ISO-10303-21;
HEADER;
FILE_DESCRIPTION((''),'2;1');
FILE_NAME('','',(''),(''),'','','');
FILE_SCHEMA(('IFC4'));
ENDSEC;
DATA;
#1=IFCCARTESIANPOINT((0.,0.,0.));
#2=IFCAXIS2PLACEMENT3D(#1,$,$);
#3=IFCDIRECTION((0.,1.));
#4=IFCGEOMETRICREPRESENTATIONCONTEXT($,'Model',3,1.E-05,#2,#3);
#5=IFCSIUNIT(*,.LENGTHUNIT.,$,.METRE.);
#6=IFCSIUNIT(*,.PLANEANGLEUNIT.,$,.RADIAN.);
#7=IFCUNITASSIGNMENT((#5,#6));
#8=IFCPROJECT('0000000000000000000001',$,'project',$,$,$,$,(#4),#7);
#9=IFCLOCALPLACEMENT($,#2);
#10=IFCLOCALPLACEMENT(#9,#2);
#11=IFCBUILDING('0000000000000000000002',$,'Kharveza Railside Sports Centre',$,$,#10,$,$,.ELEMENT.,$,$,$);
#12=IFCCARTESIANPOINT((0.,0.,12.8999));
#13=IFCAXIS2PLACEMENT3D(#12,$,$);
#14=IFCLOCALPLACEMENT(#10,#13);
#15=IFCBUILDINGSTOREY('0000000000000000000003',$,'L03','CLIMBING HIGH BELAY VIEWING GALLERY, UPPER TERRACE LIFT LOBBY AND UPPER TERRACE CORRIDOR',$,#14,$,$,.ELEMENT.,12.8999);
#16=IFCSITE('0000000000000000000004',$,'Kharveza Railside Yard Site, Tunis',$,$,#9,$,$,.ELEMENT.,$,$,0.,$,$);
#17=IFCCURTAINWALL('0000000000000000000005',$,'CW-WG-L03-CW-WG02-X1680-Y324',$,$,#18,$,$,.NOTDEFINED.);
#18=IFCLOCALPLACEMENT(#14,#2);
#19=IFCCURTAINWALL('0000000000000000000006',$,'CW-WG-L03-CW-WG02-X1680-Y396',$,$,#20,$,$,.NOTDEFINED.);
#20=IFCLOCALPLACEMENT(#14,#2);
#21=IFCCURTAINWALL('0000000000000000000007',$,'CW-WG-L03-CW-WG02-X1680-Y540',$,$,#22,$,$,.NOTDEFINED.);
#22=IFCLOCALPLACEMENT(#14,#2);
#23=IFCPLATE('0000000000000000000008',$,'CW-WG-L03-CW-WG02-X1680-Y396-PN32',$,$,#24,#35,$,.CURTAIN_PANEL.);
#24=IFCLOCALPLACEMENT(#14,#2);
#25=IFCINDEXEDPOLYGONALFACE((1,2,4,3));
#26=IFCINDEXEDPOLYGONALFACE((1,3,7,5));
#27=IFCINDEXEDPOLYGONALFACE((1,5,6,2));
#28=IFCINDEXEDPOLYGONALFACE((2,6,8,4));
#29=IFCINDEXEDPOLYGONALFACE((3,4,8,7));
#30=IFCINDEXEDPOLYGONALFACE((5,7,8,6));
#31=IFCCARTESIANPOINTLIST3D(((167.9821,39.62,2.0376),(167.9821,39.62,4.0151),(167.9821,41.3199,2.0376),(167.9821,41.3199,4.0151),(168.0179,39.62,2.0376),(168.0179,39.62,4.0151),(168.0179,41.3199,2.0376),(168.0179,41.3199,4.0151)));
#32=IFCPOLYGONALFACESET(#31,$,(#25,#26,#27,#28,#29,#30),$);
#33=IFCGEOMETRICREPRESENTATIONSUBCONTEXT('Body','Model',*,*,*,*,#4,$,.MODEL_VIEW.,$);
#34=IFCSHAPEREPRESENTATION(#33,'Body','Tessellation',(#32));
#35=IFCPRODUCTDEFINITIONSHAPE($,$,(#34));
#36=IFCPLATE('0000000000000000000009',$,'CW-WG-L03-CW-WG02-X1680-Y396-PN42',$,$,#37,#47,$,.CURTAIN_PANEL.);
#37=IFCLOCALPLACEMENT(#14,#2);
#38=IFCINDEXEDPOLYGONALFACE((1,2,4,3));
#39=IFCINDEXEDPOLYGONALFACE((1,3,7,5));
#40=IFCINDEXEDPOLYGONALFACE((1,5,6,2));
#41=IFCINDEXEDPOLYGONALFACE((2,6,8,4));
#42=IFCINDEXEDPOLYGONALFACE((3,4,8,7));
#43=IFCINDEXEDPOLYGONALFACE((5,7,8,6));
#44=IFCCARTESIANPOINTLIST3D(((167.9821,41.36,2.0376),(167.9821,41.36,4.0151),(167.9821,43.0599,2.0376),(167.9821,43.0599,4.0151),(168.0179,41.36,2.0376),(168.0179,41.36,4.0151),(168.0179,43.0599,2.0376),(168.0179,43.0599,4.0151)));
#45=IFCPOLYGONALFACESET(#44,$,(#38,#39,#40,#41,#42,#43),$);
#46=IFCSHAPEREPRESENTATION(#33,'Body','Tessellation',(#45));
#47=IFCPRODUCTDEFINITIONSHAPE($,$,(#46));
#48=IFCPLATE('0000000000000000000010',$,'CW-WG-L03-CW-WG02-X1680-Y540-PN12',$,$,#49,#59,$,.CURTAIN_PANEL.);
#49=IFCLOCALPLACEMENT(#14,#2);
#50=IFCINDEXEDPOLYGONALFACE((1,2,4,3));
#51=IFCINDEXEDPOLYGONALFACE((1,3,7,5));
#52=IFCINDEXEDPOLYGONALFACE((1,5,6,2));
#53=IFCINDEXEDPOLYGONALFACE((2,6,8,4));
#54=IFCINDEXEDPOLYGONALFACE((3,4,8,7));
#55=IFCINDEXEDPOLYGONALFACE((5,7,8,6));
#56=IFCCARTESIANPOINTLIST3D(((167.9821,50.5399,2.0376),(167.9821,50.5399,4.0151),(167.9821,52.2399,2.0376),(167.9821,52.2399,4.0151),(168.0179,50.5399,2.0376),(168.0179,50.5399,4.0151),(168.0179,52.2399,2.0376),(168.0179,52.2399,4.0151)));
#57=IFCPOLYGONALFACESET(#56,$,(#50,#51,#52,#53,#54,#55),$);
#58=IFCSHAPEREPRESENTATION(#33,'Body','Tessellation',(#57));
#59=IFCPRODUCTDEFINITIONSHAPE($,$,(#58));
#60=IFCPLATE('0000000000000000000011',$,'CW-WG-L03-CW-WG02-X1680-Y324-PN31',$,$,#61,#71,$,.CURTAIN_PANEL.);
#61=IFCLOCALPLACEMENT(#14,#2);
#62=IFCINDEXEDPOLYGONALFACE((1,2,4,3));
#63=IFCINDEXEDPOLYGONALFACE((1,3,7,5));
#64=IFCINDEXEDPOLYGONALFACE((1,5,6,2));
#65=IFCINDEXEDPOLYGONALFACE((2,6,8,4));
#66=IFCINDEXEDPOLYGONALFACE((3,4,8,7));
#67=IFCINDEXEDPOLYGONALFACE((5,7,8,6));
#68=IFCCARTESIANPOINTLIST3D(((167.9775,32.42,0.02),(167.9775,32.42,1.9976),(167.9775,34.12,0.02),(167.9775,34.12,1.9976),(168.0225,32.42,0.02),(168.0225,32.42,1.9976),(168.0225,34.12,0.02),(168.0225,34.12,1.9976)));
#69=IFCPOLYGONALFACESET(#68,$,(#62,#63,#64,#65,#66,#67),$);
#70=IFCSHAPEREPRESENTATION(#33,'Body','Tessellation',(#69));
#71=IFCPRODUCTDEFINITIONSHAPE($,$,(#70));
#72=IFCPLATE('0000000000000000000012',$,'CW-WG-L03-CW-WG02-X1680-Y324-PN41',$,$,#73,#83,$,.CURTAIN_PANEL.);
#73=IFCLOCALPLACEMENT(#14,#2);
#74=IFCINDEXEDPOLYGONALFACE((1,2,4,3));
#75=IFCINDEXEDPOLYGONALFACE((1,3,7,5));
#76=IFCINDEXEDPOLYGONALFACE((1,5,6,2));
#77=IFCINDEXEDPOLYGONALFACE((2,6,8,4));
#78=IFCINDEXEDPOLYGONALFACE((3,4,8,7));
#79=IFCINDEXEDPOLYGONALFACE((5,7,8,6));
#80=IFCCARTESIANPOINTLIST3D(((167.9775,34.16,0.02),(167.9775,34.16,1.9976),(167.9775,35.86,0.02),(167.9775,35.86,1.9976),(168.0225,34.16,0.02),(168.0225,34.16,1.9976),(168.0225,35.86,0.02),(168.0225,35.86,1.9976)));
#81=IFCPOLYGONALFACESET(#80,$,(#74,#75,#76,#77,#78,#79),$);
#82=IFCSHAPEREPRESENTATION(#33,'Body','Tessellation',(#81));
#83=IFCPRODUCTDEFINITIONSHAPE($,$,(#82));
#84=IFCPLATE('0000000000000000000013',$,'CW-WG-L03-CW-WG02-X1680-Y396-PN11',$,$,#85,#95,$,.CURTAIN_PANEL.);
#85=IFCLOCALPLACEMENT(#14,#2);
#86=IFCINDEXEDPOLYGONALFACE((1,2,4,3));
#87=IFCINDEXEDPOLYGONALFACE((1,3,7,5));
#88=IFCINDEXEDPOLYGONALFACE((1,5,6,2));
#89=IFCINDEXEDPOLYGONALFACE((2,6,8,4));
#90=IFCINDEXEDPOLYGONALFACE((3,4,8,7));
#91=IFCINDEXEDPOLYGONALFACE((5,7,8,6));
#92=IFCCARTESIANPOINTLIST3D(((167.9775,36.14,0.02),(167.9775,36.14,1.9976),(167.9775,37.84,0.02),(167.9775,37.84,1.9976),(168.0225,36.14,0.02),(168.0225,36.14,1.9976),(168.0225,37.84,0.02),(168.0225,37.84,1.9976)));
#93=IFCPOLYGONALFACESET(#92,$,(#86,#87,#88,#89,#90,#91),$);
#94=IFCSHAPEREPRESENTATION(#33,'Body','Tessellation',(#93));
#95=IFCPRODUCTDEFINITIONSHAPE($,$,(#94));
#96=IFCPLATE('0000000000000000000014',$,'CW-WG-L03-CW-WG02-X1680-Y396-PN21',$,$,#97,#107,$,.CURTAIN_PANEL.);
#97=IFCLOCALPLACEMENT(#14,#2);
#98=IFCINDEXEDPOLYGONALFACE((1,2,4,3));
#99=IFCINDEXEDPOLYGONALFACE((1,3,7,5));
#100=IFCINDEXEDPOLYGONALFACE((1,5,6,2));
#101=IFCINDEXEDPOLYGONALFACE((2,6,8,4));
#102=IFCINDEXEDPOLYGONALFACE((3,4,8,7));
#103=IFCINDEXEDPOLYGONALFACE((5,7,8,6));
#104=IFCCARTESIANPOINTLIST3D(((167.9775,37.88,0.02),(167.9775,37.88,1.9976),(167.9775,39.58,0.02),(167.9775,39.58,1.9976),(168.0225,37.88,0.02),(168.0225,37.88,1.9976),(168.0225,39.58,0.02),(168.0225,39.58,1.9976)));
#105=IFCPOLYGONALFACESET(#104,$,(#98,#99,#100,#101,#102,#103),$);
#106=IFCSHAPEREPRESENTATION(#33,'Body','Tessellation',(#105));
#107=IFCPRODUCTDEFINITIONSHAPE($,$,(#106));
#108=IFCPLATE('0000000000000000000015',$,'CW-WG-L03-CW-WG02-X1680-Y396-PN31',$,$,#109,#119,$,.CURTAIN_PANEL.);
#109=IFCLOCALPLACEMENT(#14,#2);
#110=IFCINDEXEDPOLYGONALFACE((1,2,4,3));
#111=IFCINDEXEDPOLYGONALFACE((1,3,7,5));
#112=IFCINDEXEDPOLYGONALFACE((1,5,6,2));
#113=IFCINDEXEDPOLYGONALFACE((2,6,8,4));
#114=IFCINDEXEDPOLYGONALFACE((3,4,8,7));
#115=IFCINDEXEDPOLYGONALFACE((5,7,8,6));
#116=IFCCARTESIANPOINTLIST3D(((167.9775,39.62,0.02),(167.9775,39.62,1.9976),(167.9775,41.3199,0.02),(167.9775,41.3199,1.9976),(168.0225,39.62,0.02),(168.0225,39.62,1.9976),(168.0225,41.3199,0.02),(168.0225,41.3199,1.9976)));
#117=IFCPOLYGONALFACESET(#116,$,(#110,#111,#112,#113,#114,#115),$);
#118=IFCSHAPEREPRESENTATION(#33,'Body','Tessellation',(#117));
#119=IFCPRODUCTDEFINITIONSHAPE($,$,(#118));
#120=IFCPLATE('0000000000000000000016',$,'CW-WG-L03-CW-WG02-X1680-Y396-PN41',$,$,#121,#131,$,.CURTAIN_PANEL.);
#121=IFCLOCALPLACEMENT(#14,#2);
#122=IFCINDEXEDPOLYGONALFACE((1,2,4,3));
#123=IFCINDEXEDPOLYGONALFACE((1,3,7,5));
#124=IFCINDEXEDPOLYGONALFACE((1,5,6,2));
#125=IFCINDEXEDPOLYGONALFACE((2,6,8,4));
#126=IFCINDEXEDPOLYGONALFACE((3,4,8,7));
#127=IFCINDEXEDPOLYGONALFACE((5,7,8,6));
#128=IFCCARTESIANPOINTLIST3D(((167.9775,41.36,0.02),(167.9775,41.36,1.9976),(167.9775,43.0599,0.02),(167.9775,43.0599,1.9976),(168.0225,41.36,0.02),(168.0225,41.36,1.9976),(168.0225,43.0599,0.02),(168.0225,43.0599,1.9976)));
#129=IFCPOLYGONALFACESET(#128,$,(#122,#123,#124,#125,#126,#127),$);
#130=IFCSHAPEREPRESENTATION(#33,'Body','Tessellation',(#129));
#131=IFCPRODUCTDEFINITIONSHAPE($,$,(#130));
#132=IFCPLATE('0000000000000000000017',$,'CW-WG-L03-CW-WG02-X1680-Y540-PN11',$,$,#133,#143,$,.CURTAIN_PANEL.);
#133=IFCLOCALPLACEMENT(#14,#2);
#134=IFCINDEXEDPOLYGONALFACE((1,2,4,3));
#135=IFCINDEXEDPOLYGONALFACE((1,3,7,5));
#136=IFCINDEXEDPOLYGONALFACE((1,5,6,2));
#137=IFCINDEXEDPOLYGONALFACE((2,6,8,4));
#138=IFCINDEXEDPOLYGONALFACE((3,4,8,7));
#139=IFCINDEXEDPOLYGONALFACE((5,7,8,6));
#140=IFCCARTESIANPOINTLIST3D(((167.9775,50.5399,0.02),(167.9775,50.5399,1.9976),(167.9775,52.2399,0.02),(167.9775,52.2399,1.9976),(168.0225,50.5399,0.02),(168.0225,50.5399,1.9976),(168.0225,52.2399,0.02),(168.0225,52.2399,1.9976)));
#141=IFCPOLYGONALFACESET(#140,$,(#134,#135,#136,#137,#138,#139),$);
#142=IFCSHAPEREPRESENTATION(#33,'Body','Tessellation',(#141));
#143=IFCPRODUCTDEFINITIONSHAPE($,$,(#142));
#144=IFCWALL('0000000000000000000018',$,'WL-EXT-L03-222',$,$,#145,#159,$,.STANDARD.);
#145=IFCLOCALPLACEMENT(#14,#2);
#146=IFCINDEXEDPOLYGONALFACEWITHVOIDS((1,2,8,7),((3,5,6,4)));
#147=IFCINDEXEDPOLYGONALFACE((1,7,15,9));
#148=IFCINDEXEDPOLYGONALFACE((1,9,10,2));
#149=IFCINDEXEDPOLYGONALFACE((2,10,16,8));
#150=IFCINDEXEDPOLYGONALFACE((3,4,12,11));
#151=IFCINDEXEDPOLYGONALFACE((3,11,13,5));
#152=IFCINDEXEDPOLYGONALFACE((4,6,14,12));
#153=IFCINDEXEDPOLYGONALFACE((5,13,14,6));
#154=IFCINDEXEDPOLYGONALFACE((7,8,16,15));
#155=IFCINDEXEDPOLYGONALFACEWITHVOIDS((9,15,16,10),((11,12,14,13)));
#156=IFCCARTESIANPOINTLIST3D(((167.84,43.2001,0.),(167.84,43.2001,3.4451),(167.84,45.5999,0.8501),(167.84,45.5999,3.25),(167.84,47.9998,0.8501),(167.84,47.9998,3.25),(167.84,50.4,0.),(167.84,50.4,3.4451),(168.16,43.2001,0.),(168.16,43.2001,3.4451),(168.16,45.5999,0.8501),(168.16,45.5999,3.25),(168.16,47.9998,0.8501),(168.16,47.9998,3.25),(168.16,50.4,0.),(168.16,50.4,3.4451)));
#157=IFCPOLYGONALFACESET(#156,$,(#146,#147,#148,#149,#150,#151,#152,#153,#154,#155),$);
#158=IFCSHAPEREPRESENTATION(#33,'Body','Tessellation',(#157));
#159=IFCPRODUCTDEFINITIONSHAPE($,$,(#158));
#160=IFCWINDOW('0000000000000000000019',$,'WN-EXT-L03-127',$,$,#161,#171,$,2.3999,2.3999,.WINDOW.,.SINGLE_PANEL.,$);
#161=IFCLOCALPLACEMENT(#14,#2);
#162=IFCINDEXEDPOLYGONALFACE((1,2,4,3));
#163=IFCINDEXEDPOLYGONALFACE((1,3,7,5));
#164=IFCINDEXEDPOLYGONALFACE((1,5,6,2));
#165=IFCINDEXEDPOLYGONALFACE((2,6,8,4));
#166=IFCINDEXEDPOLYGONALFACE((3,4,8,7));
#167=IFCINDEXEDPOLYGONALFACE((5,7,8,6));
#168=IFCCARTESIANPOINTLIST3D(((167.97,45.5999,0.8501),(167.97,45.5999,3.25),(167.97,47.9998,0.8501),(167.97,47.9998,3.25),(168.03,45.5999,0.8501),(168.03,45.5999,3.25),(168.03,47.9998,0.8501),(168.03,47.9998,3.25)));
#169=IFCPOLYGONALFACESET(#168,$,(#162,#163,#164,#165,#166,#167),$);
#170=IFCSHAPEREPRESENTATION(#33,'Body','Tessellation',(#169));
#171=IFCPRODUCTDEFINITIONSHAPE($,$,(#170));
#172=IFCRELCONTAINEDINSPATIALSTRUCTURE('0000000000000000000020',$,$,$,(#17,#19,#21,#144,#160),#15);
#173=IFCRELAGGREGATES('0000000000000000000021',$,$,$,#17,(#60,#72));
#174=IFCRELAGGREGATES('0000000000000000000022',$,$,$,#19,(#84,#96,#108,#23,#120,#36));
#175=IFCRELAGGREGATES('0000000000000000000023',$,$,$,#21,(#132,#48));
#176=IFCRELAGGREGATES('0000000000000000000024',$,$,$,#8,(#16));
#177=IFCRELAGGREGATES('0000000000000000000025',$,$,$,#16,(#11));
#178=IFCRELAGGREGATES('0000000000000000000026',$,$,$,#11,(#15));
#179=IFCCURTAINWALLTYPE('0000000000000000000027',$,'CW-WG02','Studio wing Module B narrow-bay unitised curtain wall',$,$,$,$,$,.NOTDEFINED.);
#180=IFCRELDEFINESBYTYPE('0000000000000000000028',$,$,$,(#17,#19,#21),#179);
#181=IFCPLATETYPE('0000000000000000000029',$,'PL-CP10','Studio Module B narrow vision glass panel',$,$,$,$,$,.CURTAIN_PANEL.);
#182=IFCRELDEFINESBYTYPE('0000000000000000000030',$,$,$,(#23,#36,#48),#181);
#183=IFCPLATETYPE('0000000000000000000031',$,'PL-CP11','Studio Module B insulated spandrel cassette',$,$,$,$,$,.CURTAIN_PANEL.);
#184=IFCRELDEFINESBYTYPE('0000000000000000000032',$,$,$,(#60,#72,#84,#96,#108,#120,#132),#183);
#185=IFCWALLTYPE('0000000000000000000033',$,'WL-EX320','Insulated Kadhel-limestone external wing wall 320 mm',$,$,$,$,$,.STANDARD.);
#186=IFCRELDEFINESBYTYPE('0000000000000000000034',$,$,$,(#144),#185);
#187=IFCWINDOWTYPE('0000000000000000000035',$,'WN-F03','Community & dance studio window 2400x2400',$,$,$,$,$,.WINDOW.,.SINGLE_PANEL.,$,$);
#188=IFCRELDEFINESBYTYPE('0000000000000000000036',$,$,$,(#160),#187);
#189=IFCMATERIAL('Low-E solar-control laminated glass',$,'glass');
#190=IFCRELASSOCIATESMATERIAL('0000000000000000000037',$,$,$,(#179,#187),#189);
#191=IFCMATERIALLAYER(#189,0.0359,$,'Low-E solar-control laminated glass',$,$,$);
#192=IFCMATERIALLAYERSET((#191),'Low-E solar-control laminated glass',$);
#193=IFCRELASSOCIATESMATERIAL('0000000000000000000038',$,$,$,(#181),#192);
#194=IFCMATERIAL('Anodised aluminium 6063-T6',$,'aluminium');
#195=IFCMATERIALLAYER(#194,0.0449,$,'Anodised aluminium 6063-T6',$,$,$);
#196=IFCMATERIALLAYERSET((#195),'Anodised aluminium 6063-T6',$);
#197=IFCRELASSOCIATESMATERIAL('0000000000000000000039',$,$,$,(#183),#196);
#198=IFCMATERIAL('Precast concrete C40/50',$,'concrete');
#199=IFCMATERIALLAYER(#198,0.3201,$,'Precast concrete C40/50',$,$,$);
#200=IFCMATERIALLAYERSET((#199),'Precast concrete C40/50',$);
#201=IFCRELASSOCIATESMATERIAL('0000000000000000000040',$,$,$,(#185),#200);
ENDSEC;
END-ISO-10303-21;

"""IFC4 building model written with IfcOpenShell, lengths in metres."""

from ifc_helpers import new_model, si_unit, direction, frame, frame_2d, origin, origin_2d, place, context, subcontext, project, spatial, rectangle, extrude, material, layer, layer_set, type_object, element, fill, aggregate, save


model = new_model("IFC4")

# Units and contexts
model_context = context("Model", 3, precision=1e-05, world=origin(), true_north=direction((0.0, 1.0)))
body_context = subcontext(model_context, "Body", "Model", "MODEL_VIEW")
ifc_project = project(units=[si_unit("LENGTHUNIT", "METRE"), si_unit("PLANEANGLEUNIT", "RADIAN")], contexts=[model_context])

# Site, building, storey
site_placement = place(None, origin())
site = spatial("IfcSite", under=ifc_project, at=site_placement, Name="Kharveza Railside Yard Site, Tunis", CompositionType="ELEMENT", RefElevation=0.0)
building_placement = place(site_placement, origin())
building = spatial("IfcBuilding", under=site, at=building_placement, Name="Kharveza Railside Sports Centre", CompositionType="ELEMENT")
storey_placement = place(building_placement, frame((0.0, 0.0, 12.8999)))
storey = spatial("IfcBuildingStorey", under=building, at=storey_placement, Name="L03", Description="CLIMBING HIGH BELAY VIEWING GALLERY, UPPER TERRACE LIFT LOBBY AND UPPER TERRACE CORRIDOR", CompositionType="ELEMENT", Elevation=12.8999)

# Curtain walls
ifc_material_1 = material(Name="Low-E solar-control laminated glass", Category="glass")
curtain_wall_type = type_object("IfcCurtainWallType", Name="CW-WG02", Description="Studio wing Module B narrow-bay unitised curtain wall", PredefinedType="NOTDEFINED", material=ifc_material_1)
curtain_wall_1_placement = place(storey_placement, origin())
curtain_wall_1 = element("IfcCurtainWall", 1, at=curtain_wall_1_placement, inside=storey, type_object=curtain_wall_type, Name="CW-WG-L03-CW-WG02-X1680-Y324", PredefinedType="NOTDEFINED")
ifc_material_2 = material(Name="Anodised aluminium 6063-T6", Category="aluminium")
curtain_wall_2_placement = place(storey_placement, origin())
curtain_wall_2 = element("IfcCurtainWall", 2, at=curtain_wall_2_placement, inside=storey, type_object=curtain_wall_type, Name="CW-WG-L03-CW-WG02-X1680-Y396", PredefinedType="NOTDEFINED")

# Curtain wall
curtain_wall_3_placement = place(storey_placement, origin())
curtain_wall_3 = element("IfcCurtainWall", 3, at=curtain_wall_3_placement, inside=storey, type_object=curtain_wall_type, Name="CW-WG-L03-CW-WG02-X1680-Y540", PredefinedType="NOTDEFINED")

# Plates
ifc_layer_1 = layer(ifc_material_1, 0.0359, Name="Low-E solar-control laminated glass")
ifc_layer_set_1 = layer_set([ifc_layer_1], Name="Low-E solar-control laminated glass")
plate_type_1 = type_object("IfcPlateType", Name="PL-CP10", Description="Studio Module B narrow vision glass panel", PredefinedType="CURTAIN_PANEL", material=ifc_layer_set_1)
plate_1_placement = place(storey_placement, frame((168.0, 40.47, 2.0376), z_axis=(0.0, 0.0, 1.0), x_axis=(0.0, 1.0, 0.0)))
plate_1 = element("IfcPlate", 4, at=plate_1_placement, type_object=plate_type_1, Name="CW-WG-L03-CW-WG02-X1680-Y396-PN32", PredefinedType="CURTAIN_PANEL", context=body_context, shape_type="SweptSolid", body=[
    extrude(rectangle(XDim=1.7, YDim=0.0359, at=origin_2d()), origin(), (0.0, 0.0, 1.0), 1.9775),
])
plate_2_placement = place(storey_placement, frame((168.0, 42.21, 2.0376), z_axis=(0.0, 0.0, 1.0), x_axis=(0.0, 1.0, 0.0)))
plate_2 = element("IfcPlate", 5, at=plate_2_placement, type_object=plate_type_1, Name="CW-WG-L03-CW-WG02-X1680-Y396-PN42", PredefinedType="CURTAIN_PANEL", context=body_context, shape_type="SweptSolid", body=[
    extrude(rectangle(XDim=1.7, YDim=0.0359, at=origin_2d()), origin(), (0.0, 0.0, 1.0), 1.9775),
])
plate_3_placement = place(storey_placement, frame((168.0, 51.3899, 2.0376), z_axis=(0.0, 0.0, 1.0), x_axis=(0.0, 1.0, 0.0)))
plate_3 = element("IfcPlate", 6, at=plate_3_placement, type_object=plate_type_1, Name="CW-WG-L03-CW-WG02-X1680-Y540-PN12", PredefinedType="CURTAIN_PANEL", context=body_context, shape_type="SweptSolid", body=[
    extrude(rectangle(XDim=1.7, YDim=0.0359, at=origin_2d()), origin(), (0.0, 0.0, 1.0), 1.9775),
])
ifc_layer_2 = layer(ifc_material_2, 0.0449, Name="Anodised aluminium 6063-T6")
ifc_layer_set_2 = layer_set([ifc_layer_2], Name="Anodised aluminium 6063-T6")
plate_type_2 = type_object("IfcPlateType", Name="PL-CP11", Description="Studio Module B insulated spandrel cassette", PredefinedType="CURTAIN_PANEL", material=ifc_layer_set_2)
plate_4_placement = place(storey_placement, frame((168.0, 33.27, 0.02), z_axis=(0.0, 0.0, 1.0), x_axis=(0.0, 1.0, 0.0)))
plate_4 = element("IfcPlate", 7, at=plate_4_placement, type_object=plate_type_2, Name="CW-WG-L03-CW-WG02-X1680-Y324-PN31", PredefinedType="CURTAIN_PANEL", context=body_context, shape_type="SweptSolid", body=[
    extrude(rectangle(XDim=1.7, YDim=0.0449, at=origin_2d()), origin(), (0.0, 0.0, 1.0), 1.9775),
])
plate_5_placement = place(storey_placement, frame((168.0, 35.01, 0.02), z_axis=(0.0, 0.0, 1.0), x_axis=(0.0, 1.0, 0.0)))
plate_5 = element("IfcPlate", 8, at=plate_5_placement, type_object=plate_type_2, Name="CW-WG-L03-CW-WG02-X1680-Y324-PN41", PredefinedType="CURTAIN_PANEL", context=body_context, shape_type="SweptSolid", body=[
    extrude(rectangle(XDim=1.7, YDim=0.0449, at=origin_2d()), origin(), (0.0, 0.0, 1.0), 1.9775),
])
aggregate(curtain_wall_1, [plate_4, plate_5])
plate_6_placement = place(storey_placement, frame((168.0, 36.99, 0.02), z_axis=(0.0, 0.0, 1.0), x_axis=(0.0, 1.0, 0.0)))
plate_6 = element("IfcPlate", 9, at=plate_6_placement, type_object=plate_type_2, Name="CW-WG-L03-CW-WG02-X1680-Y396-PN11", PredefinedType="CURTAIN_PANEL", context=body_context, shape_type="SweptSolid", body=[
    extrude(rectangle(XDim=1.7, YDim=0.0449, at=origin_2d()), origin(), (0.0, 0.0, 1.0), 1.9775),
])
plate_7_placement = place(storey_placement, frame((168.0, 38.73, 0.02), z_axis=(0.0, 0.0, 1.0), x_axis=(0.0, 1.0, 0.0)))
plate_7 = element("IfcPlate", 10, at=plate_7_placement, type_object=plate_type_2, Name="CW-WG-L03-CW-WG02-X1680-Y396-PN21", PredefinedType="CURTAIN_PANEL", context=body_context, shape_type="SweptSolid", body=[
    extrude(rectangle(XDim=1.7, YDim=0.0449, at=origin_2d()), origin(), (0.0, 0.0, 1.0), 1.9775),
])
plate_8_placement = place(storey_placement, frame((168.0, 40.47, 0.02), z_axis=(0.0, 0.0, 1.0), x_axis=(0.0, 1.0, 0.0)))
plate_8 = element("IfcPlate", 11, at=plate_8_placement, type_object=plate_type_2, Name="CW-WG-L03-CW-WG02-X1680-Y396-PN31", PredefinedType="CURTAIN_PANEL", context=body_context, shape_type="SweptSolid", body=[
    extrude(rectangle(XDim=1.7, YDim=0.0449, at=origin_2d()), origin(), (0.0, 0.0, 1.0), 1.9775),
])
plate_9_placement = place(storey_placement, frame((168.0, 42.21, 0.02), z_axis=(0.0, 0.0, 1.0), x_axis=(0.0, 1.0, 0.0)))
plate_9 = element("IfcPlate", 12, at=plate_9_placement, type_object=plate_type_2, Name="CW-WG-L03-CW-WG02-X1680-Y396-PN41", PredefinedType="CURTAIN_PANEL", context=body_context, shape_type="SweptSolid", body=[
    extrude(rectangle(XDim=1.7, YDim=0.0449, at=origin_2d()), origin(), (0.0, 0.0, 1.0), 1.9775),
])
aggregate(curtain_wall_2, [plate_6, plate_7, plate_8, plate_1, plate_9, plate_2])
plate_10_placement = place(storey_placement, frame((168.0, 51.3899, 0.02), z_axis=(0.0, 0.0, 1.0), x_axis=(0.0, 1.0, 0.0)))
plate_10 = element("IfcPlate", 13, at=plate_10_placement, type_object=plate_type_2, Name="CW-WG-L03-CW-WG02-X1680-Y540-PN11", PredefinedType="CURTAIN_PANEL", context=body_context, shape_type="SweptSolid", body=[
    extrude(rectangle(XDim=1.7, YDim=0.0449, at=origin_2d()), origin(), (0.0, 0.0, 1.0), 1.9775),
])
aggregate(curtain_wall_3, [plate_10, plate_3])

# Wall, opening, window
ifc_material_3 = material(Name="Precast concrete C40/50", Category="concrete")
ifc_layer_3 = layer(ifc_material_3, 0.3201, Name="Precast concrete C40/50")
ifc_layer_set_3 = layer_set([ifc_layer_3], Name="Precast concrete C40/50")
wall_type = type_object("IfcWallType", Name="WL-EX320", Description="Insulated Kadhel-limestone external wing wall 320 mm", PredefinedType="STANDARD", material=ifc_layer_set_3)
wall_placement = place(storey_placement, frame((168.0, 43.2, 0.0), z_axis=(0.0, 0.0, 1.0), x_axis=(0.0, 1.0, 0.0)))
wall = element("IfcWall", 14, at=wall_placement, inside=storey, type_object=wall_type, Name="WL-EXT-L03-222", PredefinedType="STANDARD", context=body_context, shape_type="SweptSolid", body=[
    extrude(rectangle(XDim=7.2, YDim=0.3201, at=frame_2d((3.6001, 0.0))), origin(), (0.0, 0.0, 1.0), 3.4451),
])
opening_placement = place(wall_placement, frame((2.3999, 0.0, 0.8501)))
opening = element("IfcOpeningElement", 15, at=opening_placement, cuts=wall, PredefinedType="OPENING", context=body_context, shape_type="SweptSolid", body=[
    extrude(rectangle(XDim=2.3999, YDim=2.3999, at=frame_2d((1.2, 1.2))), frame((0.0, 0.1851, 0.0), z_axis=(0.0, -1.0, 0.0), x_axis=(1.0, 0.0, 0.0)), (0.0, 0.0, 1.0), 0.3699),
])
window_type = type_object("IfcWindowType", Name="WN-F03", Description="Community & dance studio window 2400x2400", PartitioningType="SINGLE_PANEL", PredefinedType="WINDOW", material=ifc_material_1)
window_placement = place(opening_placement, origin())
window = element("IfcWindow", 16, at=window_placement, inside=storey, type_object=window_type, Name="WN-EXT-L03-127", OverallHeight=2.3999, OverallWidth=2.3999, PartitioningType="SINGLE_PANEL", PredefinedType="WINDOW", context=body_context, shape_type="SweptSolid", body=[
    extrude(rectangle(XDim=2.3999, YDim=2.3999, at=frame_2d((1.2, 1.2))), frame((0.0, 0.03, 0.0), z_axis=(0.0, -1.0, 0.0), x_axis=(1.0, 0.0, 0.0)), (0.0, 0.0, 1.0), 0.0601),
])
fill(opening, window)

save(model, "model.ifc")
